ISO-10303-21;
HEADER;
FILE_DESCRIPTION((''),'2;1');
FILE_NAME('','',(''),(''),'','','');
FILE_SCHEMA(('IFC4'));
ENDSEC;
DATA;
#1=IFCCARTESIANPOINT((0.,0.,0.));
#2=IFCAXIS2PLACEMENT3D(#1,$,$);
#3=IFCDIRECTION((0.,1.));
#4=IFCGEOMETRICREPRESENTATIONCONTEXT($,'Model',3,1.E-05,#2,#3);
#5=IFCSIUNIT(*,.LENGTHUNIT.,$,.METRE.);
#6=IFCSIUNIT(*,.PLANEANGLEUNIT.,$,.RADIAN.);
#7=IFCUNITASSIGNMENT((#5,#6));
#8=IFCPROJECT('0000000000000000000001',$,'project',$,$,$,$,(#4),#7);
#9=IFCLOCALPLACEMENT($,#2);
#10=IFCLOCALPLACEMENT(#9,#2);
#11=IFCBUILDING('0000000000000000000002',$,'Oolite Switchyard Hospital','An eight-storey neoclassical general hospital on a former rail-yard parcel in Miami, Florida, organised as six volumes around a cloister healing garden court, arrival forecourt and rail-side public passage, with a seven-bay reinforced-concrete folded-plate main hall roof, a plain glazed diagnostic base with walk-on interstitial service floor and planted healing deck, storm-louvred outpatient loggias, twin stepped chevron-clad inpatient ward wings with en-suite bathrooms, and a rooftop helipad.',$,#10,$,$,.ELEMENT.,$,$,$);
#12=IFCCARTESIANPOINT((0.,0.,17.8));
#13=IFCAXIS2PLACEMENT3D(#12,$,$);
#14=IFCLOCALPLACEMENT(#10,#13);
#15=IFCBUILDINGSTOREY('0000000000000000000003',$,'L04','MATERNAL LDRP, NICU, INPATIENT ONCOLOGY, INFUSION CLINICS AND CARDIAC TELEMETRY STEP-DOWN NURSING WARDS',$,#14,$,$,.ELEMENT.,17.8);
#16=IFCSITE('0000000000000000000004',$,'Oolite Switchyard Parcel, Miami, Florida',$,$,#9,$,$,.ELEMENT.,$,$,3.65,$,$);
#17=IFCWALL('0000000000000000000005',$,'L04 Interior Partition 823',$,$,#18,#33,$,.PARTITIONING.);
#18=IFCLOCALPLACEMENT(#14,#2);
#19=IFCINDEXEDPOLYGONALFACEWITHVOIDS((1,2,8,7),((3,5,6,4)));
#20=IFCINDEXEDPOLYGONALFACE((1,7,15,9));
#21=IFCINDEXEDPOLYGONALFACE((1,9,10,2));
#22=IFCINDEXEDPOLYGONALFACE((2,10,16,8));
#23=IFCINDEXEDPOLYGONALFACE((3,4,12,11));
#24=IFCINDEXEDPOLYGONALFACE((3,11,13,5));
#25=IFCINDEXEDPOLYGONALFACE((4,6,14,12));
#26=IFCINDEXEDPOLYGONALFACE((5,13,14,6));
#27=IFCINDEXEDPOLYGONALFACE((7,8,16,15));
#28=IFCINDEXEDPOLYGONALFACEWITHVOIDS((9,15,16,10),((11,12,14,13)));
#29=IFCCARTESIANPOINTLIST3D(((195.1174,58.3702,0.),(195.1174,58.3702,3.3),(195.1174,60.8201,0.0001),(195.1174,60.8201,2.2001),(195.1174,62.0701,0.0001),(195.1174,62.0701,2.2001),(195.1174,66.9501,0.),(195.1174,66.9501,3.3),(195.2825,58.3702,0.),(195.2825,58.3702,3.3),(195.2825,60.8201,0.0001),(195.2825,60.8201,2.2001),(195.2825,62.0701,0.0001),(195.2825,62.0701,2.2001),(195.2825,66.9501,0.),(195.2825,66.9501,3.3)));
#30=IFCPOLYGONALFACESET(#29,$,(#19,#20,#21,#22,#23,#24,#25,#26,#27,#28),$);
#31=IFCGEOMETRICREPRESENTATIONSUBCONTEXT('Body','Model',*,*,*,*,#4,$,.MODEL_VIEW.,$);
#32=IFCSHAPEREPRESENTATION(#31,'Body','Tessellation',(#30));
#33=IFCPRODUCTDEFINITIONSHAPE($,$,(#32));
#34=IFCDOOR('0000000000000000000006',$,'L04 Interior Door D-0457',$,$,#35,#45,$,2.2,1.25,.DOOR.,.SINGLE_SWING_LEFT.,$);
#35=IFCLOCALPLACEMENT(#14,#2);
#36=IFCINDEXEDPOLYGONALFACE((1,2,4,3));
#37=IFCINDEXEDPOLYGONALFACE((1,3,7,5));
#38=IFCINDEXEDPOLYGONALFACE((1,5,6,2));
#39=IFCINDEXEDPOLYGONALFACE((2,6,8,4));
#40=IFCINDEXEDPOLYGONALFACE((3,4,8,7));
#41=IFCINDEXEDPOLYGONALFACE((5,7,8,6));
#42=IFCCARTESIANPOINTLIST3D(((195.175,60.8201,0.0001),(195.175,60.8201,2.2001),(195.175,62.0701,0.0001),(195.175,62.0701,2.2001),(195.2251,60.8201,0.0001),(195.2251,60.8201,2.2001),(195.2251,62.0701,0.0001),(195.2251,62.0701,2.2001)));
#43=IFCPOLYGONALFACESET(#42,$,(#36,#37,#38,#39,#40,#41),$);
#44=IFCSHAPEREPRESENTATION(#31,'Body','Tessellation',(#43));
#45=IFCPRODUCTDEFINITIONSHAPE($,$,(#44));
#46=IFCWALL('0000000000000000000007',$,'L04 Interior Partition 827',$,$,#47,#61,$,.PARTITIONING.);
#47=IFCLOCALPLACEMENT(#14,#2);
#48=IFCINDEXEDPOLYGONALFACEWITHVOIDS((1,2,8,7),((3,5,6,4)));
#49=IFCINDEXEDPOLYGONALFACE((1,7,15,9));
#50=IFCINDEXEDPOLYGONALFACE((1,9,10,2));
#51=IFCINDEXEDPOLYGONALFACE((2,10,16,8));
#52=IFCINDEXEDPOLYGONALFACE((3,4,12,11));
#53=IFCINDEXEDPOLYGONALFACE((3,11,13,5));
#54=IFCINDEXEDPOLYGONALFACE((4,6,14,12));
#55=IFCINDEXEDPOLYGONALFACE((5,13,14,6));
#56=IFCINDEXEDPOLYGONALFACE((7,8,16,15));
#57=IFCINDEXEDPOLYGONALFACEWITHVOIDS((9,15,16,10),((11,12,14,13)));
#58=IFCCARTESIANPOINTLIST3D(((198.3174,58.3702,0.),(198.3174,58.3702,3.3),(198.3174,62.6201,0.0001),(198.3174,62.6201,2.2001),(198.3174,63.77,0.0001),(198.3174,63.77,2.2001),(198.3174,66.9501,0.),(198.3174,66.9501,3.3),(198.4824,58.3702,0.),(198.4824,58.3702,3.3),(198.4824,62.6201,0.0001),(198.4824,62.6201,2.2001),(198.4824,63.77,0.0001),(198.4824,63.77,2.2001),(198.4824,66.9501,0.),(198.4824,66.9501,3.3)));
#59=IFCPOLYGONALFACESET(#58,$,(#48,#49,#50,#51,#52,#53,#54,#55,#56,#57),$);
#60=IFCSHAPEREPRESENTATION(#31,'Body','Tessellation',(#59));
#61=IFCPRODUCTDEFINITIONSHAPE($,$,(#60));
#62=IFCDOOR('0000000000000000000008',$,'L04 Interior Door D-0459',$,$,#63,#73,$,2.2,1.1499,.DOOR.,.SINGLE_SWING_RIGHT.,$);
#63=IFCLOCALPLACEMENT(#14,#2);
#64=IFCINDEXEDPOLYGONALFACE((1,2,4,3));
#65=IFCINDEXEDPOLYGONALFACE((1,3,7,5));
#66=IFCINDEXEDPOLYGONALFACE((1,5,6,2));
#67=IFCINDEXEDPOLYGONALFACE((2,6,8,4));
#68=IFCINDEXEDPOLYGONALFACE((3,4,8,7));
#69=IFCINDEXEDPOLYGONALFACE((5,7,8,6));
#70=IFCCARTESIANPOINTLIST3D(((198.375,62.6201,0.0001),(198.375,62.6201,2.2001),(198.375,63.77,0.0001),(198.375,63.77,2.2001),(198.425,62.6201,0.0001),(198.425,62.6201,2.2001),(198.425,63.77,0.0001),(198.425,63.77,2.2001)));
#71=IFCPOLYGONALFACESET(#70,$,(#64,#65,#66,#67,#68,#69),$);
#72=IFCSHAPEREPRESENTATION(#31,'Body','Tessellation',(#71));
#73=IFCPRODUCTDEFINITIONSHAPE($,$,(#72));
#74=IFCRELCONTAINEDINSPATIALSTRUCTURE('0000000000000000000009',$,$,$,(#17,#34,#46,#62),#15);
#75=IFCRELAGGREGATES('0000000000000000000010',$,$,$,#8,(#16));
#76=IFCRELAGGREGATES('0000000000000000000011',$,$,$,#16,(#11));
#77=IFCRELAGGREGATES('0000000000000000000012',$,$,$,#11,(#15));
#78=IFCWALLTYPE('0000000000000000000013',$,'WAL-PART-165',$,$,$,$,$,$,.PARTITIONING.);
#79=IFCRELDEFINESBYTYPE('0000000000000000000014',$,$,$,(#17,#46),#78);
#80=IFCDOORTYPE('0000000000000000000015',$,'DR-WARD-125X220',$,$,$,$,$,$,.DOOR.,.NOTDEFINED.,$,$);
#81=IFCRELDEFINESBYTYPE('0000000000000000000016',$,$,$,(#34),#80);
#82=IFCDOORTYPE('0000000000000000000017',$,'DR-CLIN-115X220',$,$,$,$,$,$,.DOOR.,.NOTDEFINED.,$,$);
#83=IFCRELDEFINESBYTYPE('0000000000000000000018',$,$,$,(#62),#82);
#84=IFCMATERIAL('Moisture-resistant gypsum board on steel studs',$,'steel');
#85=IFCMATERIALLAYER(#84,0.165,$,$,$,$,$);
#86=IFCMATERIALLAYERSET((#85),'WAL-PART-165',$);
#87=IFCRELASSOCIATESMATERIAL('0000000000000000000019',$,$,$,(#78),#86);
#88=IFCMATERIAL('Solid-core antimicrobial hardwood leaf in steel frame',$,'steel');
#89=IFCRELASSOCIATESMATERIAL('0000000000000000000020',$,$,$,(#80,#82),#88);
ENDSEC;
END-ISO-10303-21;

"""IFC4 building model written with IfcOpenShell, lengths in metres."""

from ifc_helpers import new_model, si_unit, direction, frame, frame_2d, origin, place, context, subcontext, project, spatial, rectangle, extrude, material, layer, layer_set, type_object, element, fill, save


model = new_model("IFC4")

# Units and contexts
model_context = context("Model", 3, precision=1e-05, world=origin(), true_north=direction((0.0, 1.0)))
body_context = subcontext(model_context, "Body", "Model", "MODEL_VIEW")
ifc_project = project(units=[si_unit("LENGTHUNIT", "METRE"), si_unit("PLANEANGLEUNIT", "RADIAN")], contexts=[model_context])

# Site, building, storey
site_placement = place(None, origin())
site = spatial("IfcSite", under=ifc_project, at=site_placement, Name="Oolite Switchyard Parcel, Miami, Florida", CompositionType="ELEMENT", RefElevation=3.65)
building_placement = place(site_placement, origin())
building = spatial("IfcBuilding", under=site, at=building_placement, Name="Oolite Switchyard Hospital", Description="An eight-storey neoclassical general hospital on a former rail-yard parcel in Miami, Florida, organised as six volumes around a cloister healing garden court, arrival forecourt and rail-side public passage, with a seven-bay reinforced-concrete folded-plate main hall roof, a plain glazed diagnostic base with walk-on interstitial service floor and planted healing deck, storm-louvred outpatient loggias, twin stepped chevron-clad inpatient ward wings with en-suite bathrooms, and a rooftop helipad.", CompositionType="ELEMENT")
storey_placement = place(building_placement, frame((0.0, 0.0, 17.8)))
storey = spatial("IfcBuildingStorey", under=building, at=storey_placement, Name="L04", Description="MATERNAL LDRP, NICU, INPATIENT ONCOLOGY, INFUSION CLINICS AND CARDIAC TELEMETRY STEP-DOWN NURSING WARDS", CompositionType="ELEMENT", Elevation=17.8)

# Shared definitions
ifc_material_1 = material(Name="Moisture-resistant gypsum board on steel studs", Category="steel")

# Shared definitions
ifc_material_2 = material(Name="Solid-core antimicrobial hardwood leaf in steel frame", Category="steel")

# Walls, openings, doors
ifc_layer_1 = layer(ifc_material_1, 0.165)
ifc_layer_set_1 = layer_set([ifc_layer_1], Name="WAL-PART-165")
wall_type_1 = type_object("IfcWallType", Name="WAL-PART-165", PredefinedType="PARTITIONING", material=ifc_layer_set_1)
wall_1_placement = place(storey_placement, frame((195.2, 58.3701, 0.0), z_axis=(0.0, 0.0, 1.0), x_axis=(0.0, 1.0, 0.0)))
wall_1 = element("IfcWall", 1, at=wall_1_placement, inside=storey, type_object=wall_type_1, Name="L04 Interior Partition 823", PredefinedType="PARTITIONING", context=body_context, shape_type="SweptSolid", body=[
    extrude(rectangle(XDim=8.5798, YDim=0.165, at=frame_2d((4.29, 0.0))), origin(), (0.0, 0.0, 1.0), 3.3),
])
opening_1_placement = place(wall_1_placement, frame((2.45, 0.0, 0.0)))
opening_1 = element("IfcOpeningElement", 2, at=opening_1_placement, cuts=wall_1, PredefinedType="OPENING", context=body_context, shape_type="SweptSolid", body=[
    extrude(rectangle(XDim=1.25, YDim=2.2, at=frame_2d((0.625, 1.1001))), frame((0.0, 0.0925, 0.0), z_axis=(0.0, -1.0, 0.0), x_axis=(1.0, 0.0, 0.0)), (0.0, 0.0, 1.0), 0.1851),
])
door_type_1 = type_object("IfcDoorType", Name="DR-WARD-125X220", OperationType="NOTDEFINED", PredefinedType="DOOR", material=ifc_material_2)
door_1_placement = place(opening_1_placement, origin())
door_1 = element("IfcDoor", 3, at=door_1_placement, inside=storey, type_object=door_type_1, Name="L04 Interior Door D-0457", OperationType="SINGLE_SWING_LEFT", OverallHeight=2.2, OverallWidth=1.25, PredefinedType="DOOR", context=body_context, shape_type="SweptSolid", body=[
    extrude(rectangle(XDim=1.25, YDim=2.2, at=frame_2d((0.625, 1.1001))), frame((0.0, 0.0249, 0.0), z_axis=(0.0, -1.0, 0.0), x_axis=(1.0, 0.0, 0.0)), (0.0, 0.0, 1.0), 0.05),
])
fill(opening_1, door_1)
wall_2_placement = place(storey_placement, frame((198.3999, 58.3701, 0.0), z_axis=(0.0, 0.0, 1.0), x_axis=(0.0, 1.0, 0.0)))
wall_2 = element("IfcWall", 4, at=wall_2_placement, inside=storey, type_object=wall_type_1, Name="L04 Interior Partition 827", PredefinedType="PARTITIONING", context=body_context, shape_type="SweptSolid", body=[
    extrude(rectangle(XDim=8.5798, YDim=0.165, at=frame_2d((4.29, 0.0))), origin(), (0.0, 0.0, 1.0), 3.3),
])
opening_2_placement = place(wall_2_placement, frame((4.25, 0.0, 0.0)))
opening_2 = element("IfcOpeningElement", 5, at=opening_2_placement, cuts=wall_2, PredefinedType="OPENING", context=body_context, shape_type="SweptSolid", body=[
    extrude(rectangle(XDim=1.1499, YDim=2.2, at=frame_2d((0.575, 1.1001))), frame((0.0, 0.0925, 0.0), z_axis=(0.0, -1.0, 0.0), x_axis=(1.0, 0.0, 0.0)), (0.0, 0.0, 1.0), 0.1851),
])
door_type_2 = type_object("IfcDoorType", Name="DR-CLIN-115X220", OperationType="NOTDEFINED", PredefinedType="DOOR", material=ifc_material_2)
door_2_placement = place(opening_2_placement, origin())
door_2 = element("IfcDoor", 6, at=door_2_placement, inside=storey, type_object=door_type_2, Name="L04 Interior Door D-0459", OperationType="SINGLE_SWING_RIGHT", OverallHeight=2.2, OverallWidth=1.1499, PredefinedType="DOOR", context=body_context, shape_type="SweptSolid", body=[
    extrude(rectangle(XDim=1.1499, YDim=2.2, at=frame_2d((0.575, 1.1001))), frame((0.0, 0.0249, 0.0), z_axis=(0.0, -1.0, 0.0), x_axis=(1.0, 0.0, 0.0)), (0.0, 0.0, 1.0), 0.05),
])
fill(opening_2, door_2)

save(model, "model.ifc")
